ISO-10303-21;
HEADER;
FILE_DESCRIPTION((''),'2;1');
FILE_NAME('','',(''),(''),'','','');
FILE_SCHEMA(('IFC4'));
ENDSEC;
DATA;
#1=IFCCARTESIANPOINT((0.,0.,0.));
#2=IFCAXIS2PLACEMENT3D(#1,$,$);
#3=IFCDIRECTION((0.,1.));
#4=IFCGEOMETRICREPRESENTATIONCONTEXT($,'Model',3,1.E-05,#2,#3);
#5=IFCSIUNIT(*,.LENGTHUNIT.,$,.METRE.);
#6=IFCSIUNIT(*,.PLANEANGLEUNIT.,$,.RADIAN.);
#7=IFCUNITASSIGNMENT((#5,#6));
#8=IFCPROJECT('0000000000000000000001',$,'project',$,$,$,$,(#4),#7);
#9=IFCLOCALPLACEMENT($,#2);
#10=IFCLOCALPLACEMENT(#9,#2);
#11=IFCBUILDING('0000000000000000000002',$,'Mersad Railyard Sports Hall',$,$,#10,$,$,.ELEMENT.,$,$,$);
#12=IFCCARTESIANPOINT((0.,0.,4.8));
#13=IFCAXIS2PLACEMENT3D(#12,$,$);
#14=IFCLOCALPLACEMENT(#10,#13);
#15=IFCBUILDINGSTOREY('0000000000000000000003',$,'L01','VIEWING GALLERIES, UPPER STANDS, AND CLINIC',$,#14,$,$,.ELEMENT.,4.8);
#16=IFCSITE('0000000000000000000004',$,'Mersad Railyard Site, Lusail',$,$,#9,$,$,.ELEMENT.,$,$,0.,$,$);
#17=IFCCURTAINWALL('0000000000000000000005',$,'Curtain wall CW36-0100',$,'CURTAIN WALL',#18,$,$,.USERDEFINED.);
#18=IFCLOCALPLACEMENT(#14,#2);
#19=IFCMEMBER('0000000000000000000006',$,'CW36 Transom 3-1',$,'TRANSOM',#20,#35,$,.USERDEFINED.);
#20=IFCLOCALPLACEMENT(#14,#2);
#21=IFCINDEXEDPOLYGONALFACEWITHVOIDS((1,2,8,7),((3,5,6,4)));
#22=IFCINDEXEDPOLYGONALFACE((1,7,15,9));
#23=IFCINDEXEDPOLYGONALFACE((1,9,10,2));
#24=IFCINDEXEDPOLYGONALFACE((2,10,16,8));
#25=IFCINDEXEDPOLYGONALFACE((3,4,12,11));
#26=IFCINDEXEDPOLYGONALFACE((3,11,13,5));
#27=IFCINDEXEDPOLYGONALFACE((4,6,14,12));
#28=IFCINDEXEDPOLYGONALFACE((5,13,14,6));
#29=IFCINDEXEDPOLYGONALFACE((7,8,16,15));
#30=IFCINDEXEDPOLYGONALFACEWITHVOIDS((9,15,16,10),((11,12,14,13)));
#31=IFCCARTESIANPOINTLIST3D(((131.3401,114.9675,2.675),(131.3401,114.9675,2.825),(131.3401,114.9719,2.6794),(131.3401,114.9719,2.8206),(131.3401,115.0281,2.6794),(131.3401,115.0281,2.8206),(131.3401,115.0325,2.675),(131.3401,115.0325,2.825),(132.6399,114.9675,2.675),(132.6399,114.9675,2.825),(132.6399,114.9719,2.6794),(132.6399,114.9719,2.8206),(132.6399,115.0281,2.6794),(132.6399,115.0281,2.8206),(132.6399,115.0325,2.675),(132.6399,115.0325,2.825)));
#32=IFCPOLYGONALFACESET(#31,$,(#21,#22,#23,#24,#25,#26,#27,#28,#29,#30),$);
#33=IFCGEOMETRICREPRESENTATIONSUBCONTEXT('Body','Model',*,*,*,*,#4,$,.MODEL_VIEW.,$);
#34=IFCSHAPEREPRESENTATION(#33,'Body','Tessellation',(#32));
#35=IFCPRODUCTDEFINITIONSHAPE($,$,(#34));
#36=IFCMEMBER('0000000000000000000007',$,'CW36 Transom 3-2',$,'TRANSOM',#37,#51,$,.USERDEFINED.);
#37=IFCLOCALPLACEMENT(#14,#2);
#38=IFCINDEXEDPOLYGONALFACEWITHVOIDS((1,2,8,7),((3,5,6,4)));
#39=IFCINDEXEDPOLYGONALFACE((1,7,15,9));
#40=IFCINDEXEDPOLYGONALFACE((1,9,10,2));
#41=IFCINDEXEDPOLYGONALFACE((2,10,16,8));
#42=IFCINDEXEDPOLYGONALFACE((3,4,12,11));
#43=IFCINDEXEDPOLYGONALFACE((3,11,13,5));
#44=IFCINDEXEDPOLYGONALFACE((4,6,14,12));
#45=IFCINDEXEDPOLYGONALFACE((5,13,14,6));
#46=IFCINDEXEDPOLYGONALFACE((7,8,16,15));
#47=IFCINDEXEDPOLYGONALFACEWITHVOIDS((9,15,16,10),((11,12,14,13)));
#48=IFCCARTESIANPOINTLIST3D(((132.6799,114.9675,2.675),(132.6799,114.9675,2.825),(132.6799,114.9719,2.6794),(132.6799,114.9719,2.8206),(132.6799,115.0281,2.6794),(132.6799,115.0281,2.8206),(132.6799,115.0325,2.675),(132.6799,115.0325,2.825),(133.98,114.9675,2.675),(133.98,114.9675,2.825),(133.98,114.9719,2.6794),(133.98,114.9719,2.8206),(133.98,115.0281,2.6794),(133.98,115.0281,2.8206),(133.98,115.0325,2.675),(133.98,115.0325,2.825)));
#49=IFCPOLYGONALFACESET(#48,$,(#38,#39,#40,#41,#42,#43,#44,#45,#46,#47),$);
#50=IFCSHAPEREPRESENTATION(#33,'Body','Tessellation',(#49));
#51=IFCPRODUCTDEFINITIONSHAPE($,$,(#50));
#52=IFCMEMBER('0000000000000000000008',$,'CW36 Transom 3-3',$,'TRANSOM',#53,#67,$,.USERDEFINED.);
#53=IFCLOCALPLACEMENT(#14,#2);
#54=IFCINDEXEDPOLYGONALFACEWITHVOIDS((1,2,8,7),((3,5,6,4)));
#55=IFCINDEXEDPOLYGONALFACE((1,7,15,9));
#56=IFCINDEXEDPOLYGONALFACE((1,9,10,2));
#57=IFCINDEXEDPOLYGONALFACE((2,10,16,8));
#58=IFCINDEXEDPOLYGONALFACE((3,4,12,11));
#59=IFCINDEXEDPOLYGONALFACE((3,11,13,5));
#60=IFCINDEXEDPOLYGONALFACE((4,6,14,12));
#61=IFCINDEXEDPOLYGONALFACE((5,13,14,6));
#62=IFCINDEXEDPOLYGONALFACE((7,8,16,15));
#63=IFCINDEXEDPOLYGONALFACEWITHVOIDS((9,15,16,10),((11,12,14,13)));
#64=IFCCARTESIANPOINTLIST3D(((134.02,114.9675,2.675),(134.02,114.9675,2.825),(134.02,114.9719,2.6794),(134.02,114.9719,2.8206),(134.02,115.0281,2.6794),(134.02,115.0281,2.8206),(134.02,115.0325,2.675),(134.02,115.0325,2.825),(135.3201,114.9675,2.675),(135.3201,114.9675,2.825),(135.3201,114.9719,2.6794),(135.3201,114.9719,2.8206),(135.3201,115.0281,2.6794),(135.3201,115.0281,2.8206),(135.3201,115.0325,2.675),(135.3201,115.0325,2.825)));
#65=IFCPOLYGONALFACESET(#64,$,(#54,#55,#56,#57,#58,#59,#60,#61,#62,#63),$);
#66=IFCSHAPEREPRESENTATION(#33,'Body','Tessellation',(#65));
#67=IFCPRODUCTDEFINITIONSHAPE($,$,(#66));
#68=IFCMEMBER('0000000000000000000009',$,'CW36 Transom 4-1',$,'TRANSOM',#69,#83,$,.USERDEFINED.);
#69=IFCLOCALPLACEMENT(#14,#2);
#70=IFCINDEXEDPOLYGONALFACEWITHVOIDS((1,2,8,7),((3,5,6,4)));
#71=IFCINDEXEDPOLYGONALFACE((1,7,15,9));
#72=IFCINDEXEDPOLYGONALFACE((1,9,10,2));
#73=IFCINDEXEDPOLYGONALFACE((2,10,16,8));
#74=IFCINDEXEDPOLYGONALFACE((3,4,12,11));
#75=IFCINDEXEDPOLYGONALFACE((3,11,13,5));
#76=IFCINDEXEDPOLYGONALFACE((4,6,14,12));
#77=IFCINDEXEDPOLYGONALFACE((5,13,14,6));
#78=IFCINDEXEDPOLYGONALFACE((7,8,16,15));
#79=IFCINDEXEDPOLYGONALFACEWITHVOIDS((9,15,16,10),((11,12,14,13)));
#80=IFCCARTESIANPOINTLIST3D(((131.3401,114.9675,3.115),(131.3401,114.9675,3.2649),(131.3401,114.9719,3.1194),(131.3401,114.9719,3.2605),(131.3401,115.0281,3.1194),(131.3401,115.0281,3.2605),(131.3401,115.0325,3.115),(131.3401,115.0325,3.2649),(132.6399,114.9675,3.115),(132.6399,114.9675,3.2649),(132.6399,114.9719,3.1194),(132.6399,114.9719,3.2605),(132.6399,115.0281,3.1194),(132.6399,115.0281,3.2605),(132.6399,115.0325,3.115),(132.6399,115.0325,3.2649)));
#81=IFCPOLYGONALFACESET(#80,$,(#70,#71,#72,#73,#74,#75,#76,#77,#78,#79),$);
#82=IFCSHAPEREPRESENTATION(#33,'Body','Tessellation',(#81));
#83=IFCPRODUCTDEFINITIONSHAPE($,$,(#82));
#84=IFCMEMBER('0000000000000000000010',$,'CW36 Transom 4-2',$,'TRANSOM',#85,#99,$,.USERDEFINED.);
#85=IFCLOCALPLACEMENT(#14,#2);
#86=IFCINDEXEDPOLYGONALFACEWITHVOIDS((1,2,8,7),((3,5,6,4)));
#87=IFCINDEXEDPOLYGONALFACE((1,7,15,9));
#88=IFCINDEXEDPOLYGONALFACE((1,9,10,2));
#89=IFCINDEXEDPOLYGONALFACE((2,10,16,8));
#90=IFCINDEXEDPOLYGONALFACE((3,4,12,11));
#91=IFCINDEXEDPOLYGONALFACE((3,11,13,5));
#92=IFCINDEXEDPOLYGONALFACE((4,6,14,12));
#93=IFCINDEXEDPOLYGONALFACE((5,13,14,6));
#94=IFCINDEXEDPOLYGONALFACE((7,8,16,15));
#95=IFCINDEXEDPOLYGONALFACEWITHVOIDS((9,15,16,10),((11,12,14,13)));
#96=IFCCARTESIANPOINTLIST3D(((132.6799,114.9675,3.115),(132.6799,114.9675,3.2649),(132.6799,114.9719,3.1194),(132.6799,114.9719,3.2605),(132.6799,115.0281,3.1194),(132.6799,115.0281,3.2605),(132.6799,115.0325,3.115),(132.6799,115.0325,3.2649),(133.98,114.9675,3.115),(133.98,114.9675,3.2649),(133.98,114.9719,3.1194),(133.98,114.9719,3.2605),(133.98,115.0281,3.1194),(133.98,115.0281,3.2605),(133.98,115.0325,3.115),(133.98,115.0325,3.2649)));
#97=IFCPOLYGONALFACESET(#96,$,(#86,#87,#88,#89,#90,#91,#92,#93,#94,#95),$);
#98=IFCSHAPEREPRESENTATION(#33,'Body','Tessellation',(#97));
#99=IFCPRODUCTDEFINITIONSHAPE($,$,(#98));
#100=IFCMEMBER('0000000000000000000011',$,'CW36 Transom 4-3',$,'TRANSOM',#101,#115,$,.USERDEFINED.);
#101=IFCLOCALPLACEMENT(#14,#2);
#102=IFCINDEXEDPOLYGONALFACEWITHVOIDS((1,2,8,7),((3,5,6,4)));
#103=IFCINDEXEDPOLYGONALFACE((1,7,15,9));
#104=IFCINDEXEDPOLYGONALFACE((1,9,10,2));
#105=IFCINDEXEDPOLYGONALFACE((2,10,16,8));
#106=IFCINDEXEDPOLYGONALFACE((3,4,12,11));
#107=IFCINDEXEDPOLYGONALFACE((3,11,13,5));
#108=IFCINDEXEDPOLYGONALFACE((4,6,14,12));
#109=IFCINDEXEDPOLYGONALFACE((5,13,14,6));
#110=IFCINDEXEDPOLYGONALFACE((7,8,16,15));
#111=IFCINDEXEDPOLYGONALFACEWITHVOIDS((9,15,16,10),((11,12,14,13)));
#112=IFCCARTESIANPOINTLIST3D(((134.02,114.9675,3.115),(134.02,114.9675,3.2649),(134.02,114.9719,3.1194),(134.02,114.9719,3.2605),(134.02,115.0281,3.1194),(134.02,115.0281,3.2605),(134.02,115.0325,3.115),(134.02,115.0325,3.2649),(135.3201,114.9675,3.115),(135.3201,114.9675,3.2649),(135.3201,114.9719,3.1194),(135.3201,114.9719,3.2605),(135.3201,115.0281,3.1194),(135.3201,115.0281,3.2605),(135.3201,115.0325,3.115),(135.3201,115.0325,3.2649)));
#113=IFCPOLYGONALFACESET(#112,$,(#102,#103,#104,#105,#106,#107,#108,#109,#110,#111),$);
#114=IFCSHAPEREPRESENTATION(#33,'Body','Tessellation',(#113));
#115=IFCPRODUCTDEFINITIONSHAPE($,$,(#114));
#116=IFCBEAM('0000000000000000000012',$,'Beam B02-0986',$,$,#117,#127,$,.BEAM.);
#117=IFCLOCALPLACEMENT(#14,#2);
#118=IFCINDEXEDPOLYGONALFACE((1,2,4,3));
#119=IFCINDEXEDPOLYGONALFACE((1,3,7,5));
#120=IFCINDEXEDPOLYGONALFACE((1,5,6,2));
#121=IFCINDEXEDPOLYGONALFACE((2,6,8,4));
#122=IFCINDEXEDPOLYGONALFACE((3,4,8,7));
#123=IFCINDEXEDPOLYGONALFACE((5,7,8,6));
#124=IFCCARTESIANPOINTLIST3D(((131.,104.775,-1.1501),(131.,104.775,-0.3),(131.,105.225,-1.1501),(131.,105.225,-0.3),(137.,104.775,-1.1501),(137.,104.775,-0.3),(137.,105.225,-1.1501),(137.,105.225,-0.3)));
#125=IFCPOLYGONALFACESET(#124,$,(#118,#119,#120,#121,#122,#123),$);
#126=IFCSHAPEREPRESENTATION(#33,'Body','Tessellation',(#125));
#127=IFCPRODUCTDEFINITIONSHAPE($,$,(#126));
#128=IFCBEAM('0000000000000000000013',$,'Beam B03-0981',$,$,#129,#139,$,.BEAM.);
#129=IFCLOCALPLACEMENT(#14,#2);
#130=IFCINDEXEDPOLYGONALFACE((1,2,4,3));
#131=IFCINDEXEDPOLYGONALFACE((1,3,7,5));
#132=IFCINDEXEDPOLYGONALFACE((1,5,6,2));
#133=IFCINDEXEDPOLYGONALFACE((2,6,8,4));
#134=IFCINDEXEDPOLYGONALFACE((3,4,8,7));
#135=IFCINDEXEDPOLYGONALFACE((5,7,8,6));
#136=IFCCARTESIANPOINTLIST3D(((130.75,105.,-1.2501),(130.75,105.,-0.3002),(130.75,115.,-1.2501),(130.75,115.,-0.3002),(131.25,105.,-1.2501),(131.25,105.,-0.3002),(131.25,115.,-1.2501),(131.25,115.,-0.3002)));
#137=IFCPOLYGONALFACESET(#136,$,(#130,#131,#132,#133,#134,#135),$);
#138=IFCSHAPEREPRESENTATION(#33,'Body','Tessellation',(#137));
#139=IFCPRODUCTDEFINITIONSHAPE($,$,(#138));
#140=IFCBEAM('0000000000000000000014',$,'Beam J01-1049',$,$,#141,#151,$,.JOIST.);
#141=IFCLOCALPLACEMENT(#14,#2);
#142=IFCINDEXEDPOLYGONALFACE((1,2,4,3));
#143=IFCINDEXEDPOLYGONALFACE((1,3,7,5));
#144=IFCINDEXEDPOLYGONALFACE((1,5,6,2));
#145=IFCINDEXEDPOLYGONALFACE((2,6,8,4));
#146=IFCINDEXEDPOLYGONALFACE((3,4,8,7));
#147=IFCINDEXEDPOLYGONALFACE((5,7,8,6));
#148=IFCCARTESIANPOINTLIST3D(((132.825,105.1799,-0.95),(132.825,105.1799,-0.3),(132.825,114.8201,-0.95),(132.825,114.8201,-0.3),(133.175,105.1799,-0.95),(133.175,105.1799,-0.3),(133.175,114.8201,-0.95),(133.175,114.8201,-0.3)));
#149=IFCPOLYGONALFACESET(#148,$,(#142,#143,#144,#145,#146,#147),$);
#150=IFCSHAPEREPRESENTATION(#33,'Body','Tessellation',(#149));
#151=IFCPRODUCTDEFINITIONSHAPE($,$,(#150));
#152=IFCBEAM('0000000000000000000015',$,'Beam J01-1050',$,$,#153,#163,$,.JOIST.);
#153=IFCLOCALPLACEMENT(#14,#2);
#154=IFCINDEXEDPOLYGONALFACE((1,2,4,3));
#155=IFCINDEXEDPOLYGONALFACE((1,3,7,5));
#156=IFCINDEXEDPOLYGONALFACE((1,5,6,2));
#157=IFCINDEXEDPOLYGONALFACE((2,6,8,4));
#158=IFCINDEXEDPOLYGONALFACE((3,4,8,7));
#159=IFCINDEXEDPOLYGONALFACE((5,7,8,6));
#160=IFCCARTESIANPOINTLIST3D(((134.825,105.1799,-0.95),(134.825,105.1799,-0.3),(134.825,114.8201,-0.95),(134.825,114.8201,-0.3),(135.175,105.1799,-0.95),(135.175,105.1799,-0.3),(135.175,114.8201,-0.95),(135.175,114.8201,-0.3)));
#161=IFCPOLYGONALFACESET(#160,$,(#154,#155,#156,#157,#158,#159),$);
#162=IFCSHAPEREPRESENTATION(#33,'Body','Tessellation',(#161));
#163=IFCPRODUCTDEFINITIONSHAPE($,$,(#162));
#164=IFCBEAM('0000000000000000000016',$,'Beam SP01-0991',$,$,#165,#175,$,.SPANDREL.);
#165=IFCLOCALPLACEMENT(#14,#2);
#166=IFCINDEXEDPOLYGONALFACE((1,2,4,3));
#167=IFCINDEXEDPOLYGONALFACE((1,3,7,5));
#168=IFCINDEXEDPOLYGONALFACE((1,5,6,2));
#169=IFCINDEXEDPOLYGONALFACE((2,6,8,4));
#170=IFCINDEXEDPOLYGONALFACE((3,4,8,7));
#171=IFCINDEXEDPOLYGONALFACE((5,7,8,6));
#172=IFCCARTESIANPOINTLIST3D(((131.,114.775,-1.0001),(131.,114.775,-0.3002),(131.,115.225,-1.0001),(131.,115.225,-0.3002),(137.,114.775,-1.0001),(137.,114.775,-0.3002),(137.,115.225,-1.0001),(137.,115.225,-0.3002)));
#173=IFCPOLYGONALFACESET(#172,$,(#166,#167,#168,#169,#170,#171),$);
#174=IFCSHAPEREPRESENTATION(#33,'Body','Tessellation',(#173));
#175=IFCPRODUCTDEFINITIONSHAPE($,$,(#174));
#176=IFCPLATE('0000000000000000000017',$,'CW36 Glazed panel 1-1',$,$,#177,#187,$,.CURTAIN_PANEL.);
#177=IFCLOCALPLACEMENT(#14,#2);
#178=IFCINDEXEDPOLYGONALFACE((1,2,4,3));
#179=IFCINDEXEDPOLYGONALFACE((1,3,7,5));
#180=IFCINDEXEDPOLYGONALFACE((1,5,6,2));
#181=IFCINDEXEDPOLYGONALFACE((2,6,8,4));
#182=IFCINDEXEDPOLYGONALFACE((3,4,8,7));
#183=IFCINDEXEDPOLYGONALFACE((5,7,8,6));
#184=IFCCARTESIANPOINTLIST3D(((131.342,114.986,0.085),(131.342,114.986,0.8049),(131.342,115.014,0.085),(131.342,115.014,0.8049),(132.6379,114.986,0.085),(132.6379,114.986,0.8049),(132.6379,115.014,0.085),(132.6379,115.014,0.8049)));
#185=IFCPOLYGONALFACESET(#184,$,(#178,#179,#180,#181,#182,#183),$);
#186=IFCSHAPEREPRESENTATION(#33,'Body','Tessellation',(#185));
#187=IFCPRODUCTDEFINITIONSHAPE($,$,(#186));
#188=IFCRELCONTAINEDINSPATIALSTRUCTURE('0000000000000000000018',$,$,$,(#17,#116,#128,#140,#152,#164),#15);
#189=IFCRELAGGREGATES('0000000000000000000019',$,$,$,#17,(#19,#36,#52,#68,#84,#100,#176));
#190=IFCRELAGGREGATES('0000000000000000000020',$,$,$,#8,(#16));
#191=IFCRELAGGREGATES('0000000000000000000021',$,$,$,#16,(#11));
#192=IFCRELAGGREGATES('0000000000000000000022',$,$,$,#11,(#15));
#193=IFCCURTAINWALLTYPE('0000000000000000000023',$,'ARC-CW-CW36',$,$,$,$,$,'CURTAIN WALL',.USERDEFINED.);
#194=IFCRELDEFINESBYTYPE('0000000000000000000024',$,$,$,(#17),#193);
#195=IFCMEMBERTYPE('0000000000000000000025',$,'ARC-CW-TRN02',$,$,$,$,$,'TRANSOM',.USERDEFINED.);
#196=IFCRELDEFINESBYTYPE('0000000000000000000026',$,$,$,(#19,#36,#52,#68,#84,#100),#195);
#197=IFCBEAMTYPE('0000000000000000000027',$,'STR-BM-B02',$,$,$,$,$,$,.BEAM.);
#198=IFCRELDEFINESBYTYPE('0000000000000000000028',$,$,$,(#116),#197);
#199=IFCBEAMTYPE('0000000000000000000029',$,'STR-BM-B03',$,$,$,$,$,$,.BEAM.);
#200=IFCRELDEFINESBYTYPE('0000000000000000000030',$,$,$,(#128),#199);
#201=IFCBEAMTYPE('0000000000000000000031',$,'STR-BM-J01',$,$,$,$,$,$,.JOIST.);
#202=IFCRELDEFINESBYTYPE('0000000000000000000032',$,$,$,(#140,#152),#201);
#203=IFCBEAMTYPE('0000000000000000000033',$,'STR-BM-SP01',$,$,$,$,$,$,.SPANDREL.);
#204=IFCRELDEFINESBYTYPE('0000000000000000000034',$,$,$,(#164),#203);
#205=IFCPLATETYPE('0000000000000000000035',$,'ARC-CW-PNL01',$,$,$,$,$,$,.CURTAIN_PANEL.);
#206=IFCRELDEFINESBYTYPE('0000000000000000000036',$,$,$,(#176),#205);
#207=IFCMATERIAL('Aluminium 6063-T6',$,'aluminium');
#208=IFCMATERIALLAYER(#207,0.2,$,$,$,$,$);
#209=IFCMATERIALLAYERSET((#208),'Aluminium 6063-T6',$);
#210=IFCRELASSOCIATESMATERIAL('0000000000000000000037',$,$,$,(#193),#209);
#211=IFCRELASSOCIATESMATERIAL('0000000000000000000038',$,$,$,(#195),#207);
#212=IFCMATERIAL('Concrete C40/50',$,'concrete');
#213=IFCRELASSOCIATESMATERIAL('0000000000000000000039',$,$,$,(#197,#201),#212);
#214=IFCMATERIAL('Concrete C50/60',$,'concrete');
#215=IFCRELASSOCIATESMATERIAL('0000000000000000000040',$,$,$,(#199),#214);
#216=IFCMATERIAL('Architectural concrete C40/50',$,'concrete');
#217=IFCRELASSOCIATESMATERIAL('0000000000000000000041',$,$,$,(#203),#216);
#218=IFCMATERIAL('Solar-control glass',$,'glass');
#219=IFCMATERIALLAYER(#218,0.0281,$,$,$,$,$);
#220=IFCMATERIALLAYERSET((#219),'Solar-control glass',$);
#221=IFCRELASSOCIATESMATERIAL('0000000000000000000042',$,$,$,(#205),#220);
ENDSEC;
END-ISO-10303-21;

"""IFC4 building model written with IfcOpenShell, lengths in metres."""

from ifc_helpers import new_model, si_unit, direction, frame, origin, origin_2d, place, context, subcontext, project, spatial, rectangle, hollow_rectangle, extrude, material, layer, layer_set, material_profile, profile_set, type_object, element, aggregate, save


model = new_model("IFC4")

# Units and contexts
model_context = context("Model", 3, precision=1e-05, world=origin(), true_north=direction((0.0, 1.0)))
body_context = subcontext(model_context, "Body", "Model", "MODEL_VIEW")
ifc_project = project(units=[si_unit("LENGTHUNIT", "METRE"), si_unit("PLANEANGLEUNIT", "RADIAN")], contexts=[model_context])

# Site, building, storey
site_placement = place(None, origin())
site = spatial("IfcSite", under=ifc_project, at=site_placement, Name="Mersad Railyard Site, Lusail", CompositionType="ELEMENT", RefElevation=0.0)
building_placement = place(site_placement, origin())
building = spatial("IfcBuilding", under=site, at=building_placement, Name="Mersad Railyard Sports Hall", CompositionType="ELEMENT")
storey_placement = place(building_placement, frame((0.0, 0.0, 4.8)))
storey = spatial("IfcBuildingStorey", under=building, at=storey_placement, Name="L01", Description="VIEWING GALLERIES, UPPER STANDS, AND CLINIC", CompositionType="ELEMENT", Elevation=4.8)

# Shared definitions
ifc_material_1 = material(Name="Concrete C50/60", Category="concrete")

# Curtain wall, members
ifc_material_2 = material(Name="Aluminium 6063-T6", Category="aluminium")
ifc_layer_1 = layer(ifc_material_2, 0.2)
ifc_layer_set_1 = layer_set([ifc_layer_1], Name="Aluminium 6063-T6")
curtain_wall_type = type_object("IfcCurtainWallType", Name="ARC-CW-CW36", ElementType="CURTAIN WALL", PredefinedType="USERDEFINED", material=ifc_layer_set_1)
curtain_wall_placement = place(storey_placement, origin())
curtain_wall = element("IfcCurtainWall", 1, at=curtain_wall_placement, inside=storey, type_object=curtain_wall_type, Name="Curtain wall CW36-0100", ObjectType="CURTAIN WALL", PredefinedType="USERDEFINED")
ifc_material_profile_1 = material_profile(ifc_material_2, hollow_rectangle(XDim=0.0649, YDim=0.1499, WallThickness=0.0044, at=origin_2d()), Name="AL TRANSOM 65x150x4.5")
ifc_profile_set_1 = profile_set([ifc_material_profile_1], Name="Aluminium 6063-T6")
member_type_1 = type_object("IfcMemberType", Name="ARC-CW-TRN02", ElementType="TRANSOM", PredefinedType="USERDEFINED", material=ifc_profile_set_1)
member_1_placement = place(storey_placement, frame((131.3401, 115.0, 2.75), z_axis=(1.0, 0.0, 0.0), x_axis=(0.0, 1.0, 0.0)))
member_1 = element("IfcMember", 2, at=member_1_placement, type_object=member_type_1, Name="CW36 Transom 3-1", ObjectType="TRANSOM", PredefinedType="USERDEFINED", context=body_context, shape_type="SweptSolid", body=[
    extrude(hollow_rectangle(XDim=0.0649, YDim=0.1499, WallThickness=0.0044, at=origin_2d()), origin(), (0.0, 0.0, 1.0), 1.2998),
])
member_2_placement = place(storey_placement, frame((132.6799, 115.0, 2.75), z_axis=(1.0, 0.0, 0.0), x_axis=(0.0, 1.0, 0.0)))
member_2 = element("IfcMember", 3, at=member_2_placement, type_object=member_type_1, Name="CW36 Transom 3-2", ObjectType="TRANSOM", PredefinedType="USERDEFINED", context=body_context, shape_type="SweptSolid", body=[
    extrude(hollow_rectangle(XDim=0.0649, YDim=0.1499, WallThickness=0.0044, at=origin_2d()), origin(), (0.0, 0.0, 1.0), 1.3),
])
member_3_placement = place(storey_placement, frame((134.02, 115.0, 2.75), z_axis=(1.0, 0.0, 0.0), x_axis=(0.0, 1.0, 0.0)))
member_3 = element("IfcMember", 4, at=member_3_placement, type_object=member_type_1, Name="CW36 Transom 3-3", ObjectType="TRANSOM", PredefinedType="USERDEFINED", context=body_context, shape_type="SweptSolid", body=[
    extrude(hollow_rectangle(XDim=0.0649, YDim=0.1499, WallThickness=0.0044, at=origin_2d()), origin(), (0.0, 0.0, 1.0), 1.3),
])
member_4_placement = place(storey_placement, frame((131.3401, 115.0, 3.1899), z_axis=(1.0, 0.0, 0.0), x_axis=(0.0, 1.0, 0.0)))
member_4 = element("IfcMember", 5, at=member_4_placement, type_object=member_type_1, Name="CW36 Transom 4-1", ObjectType="TRANSOM", PredefinedType="USERDEFINED", context=body_context, shape_type="SweptSolid", body=[
    extrude(hollow_rectangle(XDim=0.0649, YDim=0.1499, WallThickness=0.0044, at=origin_2d()), origin(), (0.0, 0.0, 1.0), 1.2998),
])
member_5_placement = place(storey_placement, frame((132.6799, 115.0, 3.1899), z_axis=(1.0, 0.0, 0.0), x_axis=(0.0, 1.0, 0.0)))
member_5 = element("IfcMember", 6, at=member_5_placement, type_object=member_type_1, Name="CW36 Transom 4-2", ObjectType="TRANSOM", PredefinedType="USERDEFINED", context=body_context, shape_type="SweptSolid", body=[
    extrude(hollow_rectangle(XDim=0.0649, YDim=0.1499, WallThickness=0.0044, at=origin_2d()), origin(), (0.0, 0.0, 1.0), 1.3),
])
member_6_placement = place(storey_placement, frame((134.02, 115.0, 3.1899), z_axis=(1.0, 0.0, 0.0), x_axis=(0.0, 1.0, 0.0)))
member_6 = element("IfcMember", 7, at=member_6_placement, type_object=member_type_1, Name="CW36 Transom 4-3", ObjectType="TRANSOM", PredefinedType="USERDEFINED", context=body_context, shape_type="SweptSolid", body=[
    extrude(hollow_rectangle(XDim=0.0649, YDim=0.1499, WallThickness=0.0044, at=origin_2d()), origin(), (0.0, 0.0, 1.0), 1.3),
])

# Beams
ifc_material_3 = material(Name="Concrete C40/50", Category="concrete")
ifc_material_profile_2 = material_profile(ifc_material_3, rectangle(XDim=0.45, YDim=0.8501, at=origin_2d()), Name="RC 450x850")
ifc_profile_set_2 = profile_set([ifc_material_profile_2], Name="Concrete C40/50")
beam_type_1 = type_object("IfcBeamType", Name="STR-BM-B02", PredefinedType="BEAM", material=ifc_profile_set_2)
beam_1_placement = place(storey_placement, frame((131.0, 105.0, -0.7251), z_axis=(1.0, 0.0, 0.0), x_axis=(0.0, 1.0, 0.0)))
element("IfcBeam", 8, at=beam_1_placement, inside=storey, type_object=beam_type_1, Name="Beam B02-0986", PredefinedType="BEAM", context=body_context, shape_type="SweptSolid", body=[
    extrude(rectangle(XDim=0.45, YDim=0.8501, at=origin_2d()), origin(), (0.0, 0.0, 1.0), 6.0),
])
ifc_material_profile_3 = material_profile(ifc_material_1, rectangle(XDim=0.5, YDim=0.95, at=origin_2d()), Name="RC 500x950")
ifc_profile_set_3 = profile_set([ifc_material_profile_3], Name="Concrete C50/60")
beam_type_2 = type_object("IfcBeamType", Name="STR-BM-B03", PredefinedType="BEAM", material=ifc_profile_set_3)
beam_2_placement = place(storey_placement, frame((131.0, 105.0, -0.7751), z_axis=(0.0, 1.0, 0.0), x_axis=(-1.0, 0.0, 0.0)))
element("IfcBeam", 9, at=beam_2_placement, inside=storey, type_object=beam_type_2, Name="Beam B03-0981", PredefinedType="BEAM", context=body_context, shape_type="SweptSolid", body=[
    extrude(rectangle(XDim=0.5, YDim=0.95, at=origin_2d()), origin(), (0.0, 0.0, 1.0), 10.0),
])
ifc_material_profile_4 = material_profile(ifc_material_3, rectangle(XDim=0.3501, YDim=0.6499, at=origin_2d()), Name="RC 350x650")
ifc_profile_set_4 = profile_set([ifc_material_profile_4], Name="Concrete C40/50")
beam_type_3 = type_object("IfcBeamType", Name="STR-BM-J01", PredefinedType="JOIST", material=ifc_profile_set_4)
for number, where, z_axis, x_axis, name in (
    (10, (133.0, 105.1799, -0.625), (0.0, 1.0, 0.0), (-1.0, 0.0, 0.0), "Beam J01-1049"),
    (11, (135.0, 105.1799, -0.625), (0.0, 1.0, 0.0), (-1.0, 0.0, 0.0), "Beam J01-1050"),
):
    element("IfcBeam", number, at=place(storey_placement, frame(where, z_axis=z_axis, x_axis=x_axis)), inside=storey, type_object=beam_type_3, Name=name, PredefinedType="JOIST", context=body_context, shape_type="SweptSolid", body=[
        extrude(rectangle(XDim=0.3501, YDim=0.6499, at=origin_2d()), origin(), (0.0, 0.0, 1.0), 9.6401),
    ])
ifc_material_4 = material(Name="Architectural concrete C40/50", Category="concrete")
ifc_material_profile_5 = material_profile(ifc_material_4, rectangle(XDim=0.45, YDim=0.7, at=origin_2d()), Name="RC 450x700")
ifc_profile_set_5 = profile_set([ifc_material_profile_5], Name="Architectural concrete C40/50")
beam_type_4 = type_object("IfcBeamType", Name="STR-BM-SP01", PredefinedType="SPANDREL", material=ifc_profile_set_5)
beam_3_placement = place(storey_placement, frame((131.0, 115.0, -0.6501), z_axis=(1.0, 0.0, 0.0), x_axis=(0.0, 1.0, 0.0)))
element("IfcBeam", 12, at=beam_3_placement, inside=storey, type_object=beam_type_4, Name="Beam SP01-0991", PredefinedType="SPANDREL", context=body_context, shape_type="SweptSolid", body=[
    extrude(rectangle(XDim=0.45, YDim=0.7, at=origin_2d()), origin(), (0.0, 0.0, 1.0), 6.0),
])

# Plate
ifc_material_5 = material(Name="Solar-control glass", Category="glass")
ifc_layer_2 = layer(ifc_material_5, 0.0281)
ifc_layer_set_2 = layer_set([ifc_layer_2], Name="Solar-control glass")
plate_type = type_object("IfcPlateType", Name="ARC-CW-PNL01", PredefinedType="CURTAIN_PANEL", material=ifc_layer_set_2)
plate_1_placement = place(storey_placement, frame((131.99, 115.0, 0.085), z_axis=(0.0, 0.0, 1.0), x_axis=(1.0, 0.0, 0.0)))
plate_1 = element("IfcPlate", 13, at=plate_1_placement, type_object=plate_type, Name="CW36 Glazed panel 1-1", PredefinedType="CURTAIN_PANEL", context=body_context, shape_type="SweptSolid", body=[
    extrude(rectangle(XDim=1.2959, YDim=0.0281, at=origin_2d()), origin(), (0.0, 0.0, 1.0), 0.72),
])
aggregate(curtain_wall, [member_1, member_2, member_3, member_4, member_5, member_6, plate_1])

save(model, "model.ifc")
